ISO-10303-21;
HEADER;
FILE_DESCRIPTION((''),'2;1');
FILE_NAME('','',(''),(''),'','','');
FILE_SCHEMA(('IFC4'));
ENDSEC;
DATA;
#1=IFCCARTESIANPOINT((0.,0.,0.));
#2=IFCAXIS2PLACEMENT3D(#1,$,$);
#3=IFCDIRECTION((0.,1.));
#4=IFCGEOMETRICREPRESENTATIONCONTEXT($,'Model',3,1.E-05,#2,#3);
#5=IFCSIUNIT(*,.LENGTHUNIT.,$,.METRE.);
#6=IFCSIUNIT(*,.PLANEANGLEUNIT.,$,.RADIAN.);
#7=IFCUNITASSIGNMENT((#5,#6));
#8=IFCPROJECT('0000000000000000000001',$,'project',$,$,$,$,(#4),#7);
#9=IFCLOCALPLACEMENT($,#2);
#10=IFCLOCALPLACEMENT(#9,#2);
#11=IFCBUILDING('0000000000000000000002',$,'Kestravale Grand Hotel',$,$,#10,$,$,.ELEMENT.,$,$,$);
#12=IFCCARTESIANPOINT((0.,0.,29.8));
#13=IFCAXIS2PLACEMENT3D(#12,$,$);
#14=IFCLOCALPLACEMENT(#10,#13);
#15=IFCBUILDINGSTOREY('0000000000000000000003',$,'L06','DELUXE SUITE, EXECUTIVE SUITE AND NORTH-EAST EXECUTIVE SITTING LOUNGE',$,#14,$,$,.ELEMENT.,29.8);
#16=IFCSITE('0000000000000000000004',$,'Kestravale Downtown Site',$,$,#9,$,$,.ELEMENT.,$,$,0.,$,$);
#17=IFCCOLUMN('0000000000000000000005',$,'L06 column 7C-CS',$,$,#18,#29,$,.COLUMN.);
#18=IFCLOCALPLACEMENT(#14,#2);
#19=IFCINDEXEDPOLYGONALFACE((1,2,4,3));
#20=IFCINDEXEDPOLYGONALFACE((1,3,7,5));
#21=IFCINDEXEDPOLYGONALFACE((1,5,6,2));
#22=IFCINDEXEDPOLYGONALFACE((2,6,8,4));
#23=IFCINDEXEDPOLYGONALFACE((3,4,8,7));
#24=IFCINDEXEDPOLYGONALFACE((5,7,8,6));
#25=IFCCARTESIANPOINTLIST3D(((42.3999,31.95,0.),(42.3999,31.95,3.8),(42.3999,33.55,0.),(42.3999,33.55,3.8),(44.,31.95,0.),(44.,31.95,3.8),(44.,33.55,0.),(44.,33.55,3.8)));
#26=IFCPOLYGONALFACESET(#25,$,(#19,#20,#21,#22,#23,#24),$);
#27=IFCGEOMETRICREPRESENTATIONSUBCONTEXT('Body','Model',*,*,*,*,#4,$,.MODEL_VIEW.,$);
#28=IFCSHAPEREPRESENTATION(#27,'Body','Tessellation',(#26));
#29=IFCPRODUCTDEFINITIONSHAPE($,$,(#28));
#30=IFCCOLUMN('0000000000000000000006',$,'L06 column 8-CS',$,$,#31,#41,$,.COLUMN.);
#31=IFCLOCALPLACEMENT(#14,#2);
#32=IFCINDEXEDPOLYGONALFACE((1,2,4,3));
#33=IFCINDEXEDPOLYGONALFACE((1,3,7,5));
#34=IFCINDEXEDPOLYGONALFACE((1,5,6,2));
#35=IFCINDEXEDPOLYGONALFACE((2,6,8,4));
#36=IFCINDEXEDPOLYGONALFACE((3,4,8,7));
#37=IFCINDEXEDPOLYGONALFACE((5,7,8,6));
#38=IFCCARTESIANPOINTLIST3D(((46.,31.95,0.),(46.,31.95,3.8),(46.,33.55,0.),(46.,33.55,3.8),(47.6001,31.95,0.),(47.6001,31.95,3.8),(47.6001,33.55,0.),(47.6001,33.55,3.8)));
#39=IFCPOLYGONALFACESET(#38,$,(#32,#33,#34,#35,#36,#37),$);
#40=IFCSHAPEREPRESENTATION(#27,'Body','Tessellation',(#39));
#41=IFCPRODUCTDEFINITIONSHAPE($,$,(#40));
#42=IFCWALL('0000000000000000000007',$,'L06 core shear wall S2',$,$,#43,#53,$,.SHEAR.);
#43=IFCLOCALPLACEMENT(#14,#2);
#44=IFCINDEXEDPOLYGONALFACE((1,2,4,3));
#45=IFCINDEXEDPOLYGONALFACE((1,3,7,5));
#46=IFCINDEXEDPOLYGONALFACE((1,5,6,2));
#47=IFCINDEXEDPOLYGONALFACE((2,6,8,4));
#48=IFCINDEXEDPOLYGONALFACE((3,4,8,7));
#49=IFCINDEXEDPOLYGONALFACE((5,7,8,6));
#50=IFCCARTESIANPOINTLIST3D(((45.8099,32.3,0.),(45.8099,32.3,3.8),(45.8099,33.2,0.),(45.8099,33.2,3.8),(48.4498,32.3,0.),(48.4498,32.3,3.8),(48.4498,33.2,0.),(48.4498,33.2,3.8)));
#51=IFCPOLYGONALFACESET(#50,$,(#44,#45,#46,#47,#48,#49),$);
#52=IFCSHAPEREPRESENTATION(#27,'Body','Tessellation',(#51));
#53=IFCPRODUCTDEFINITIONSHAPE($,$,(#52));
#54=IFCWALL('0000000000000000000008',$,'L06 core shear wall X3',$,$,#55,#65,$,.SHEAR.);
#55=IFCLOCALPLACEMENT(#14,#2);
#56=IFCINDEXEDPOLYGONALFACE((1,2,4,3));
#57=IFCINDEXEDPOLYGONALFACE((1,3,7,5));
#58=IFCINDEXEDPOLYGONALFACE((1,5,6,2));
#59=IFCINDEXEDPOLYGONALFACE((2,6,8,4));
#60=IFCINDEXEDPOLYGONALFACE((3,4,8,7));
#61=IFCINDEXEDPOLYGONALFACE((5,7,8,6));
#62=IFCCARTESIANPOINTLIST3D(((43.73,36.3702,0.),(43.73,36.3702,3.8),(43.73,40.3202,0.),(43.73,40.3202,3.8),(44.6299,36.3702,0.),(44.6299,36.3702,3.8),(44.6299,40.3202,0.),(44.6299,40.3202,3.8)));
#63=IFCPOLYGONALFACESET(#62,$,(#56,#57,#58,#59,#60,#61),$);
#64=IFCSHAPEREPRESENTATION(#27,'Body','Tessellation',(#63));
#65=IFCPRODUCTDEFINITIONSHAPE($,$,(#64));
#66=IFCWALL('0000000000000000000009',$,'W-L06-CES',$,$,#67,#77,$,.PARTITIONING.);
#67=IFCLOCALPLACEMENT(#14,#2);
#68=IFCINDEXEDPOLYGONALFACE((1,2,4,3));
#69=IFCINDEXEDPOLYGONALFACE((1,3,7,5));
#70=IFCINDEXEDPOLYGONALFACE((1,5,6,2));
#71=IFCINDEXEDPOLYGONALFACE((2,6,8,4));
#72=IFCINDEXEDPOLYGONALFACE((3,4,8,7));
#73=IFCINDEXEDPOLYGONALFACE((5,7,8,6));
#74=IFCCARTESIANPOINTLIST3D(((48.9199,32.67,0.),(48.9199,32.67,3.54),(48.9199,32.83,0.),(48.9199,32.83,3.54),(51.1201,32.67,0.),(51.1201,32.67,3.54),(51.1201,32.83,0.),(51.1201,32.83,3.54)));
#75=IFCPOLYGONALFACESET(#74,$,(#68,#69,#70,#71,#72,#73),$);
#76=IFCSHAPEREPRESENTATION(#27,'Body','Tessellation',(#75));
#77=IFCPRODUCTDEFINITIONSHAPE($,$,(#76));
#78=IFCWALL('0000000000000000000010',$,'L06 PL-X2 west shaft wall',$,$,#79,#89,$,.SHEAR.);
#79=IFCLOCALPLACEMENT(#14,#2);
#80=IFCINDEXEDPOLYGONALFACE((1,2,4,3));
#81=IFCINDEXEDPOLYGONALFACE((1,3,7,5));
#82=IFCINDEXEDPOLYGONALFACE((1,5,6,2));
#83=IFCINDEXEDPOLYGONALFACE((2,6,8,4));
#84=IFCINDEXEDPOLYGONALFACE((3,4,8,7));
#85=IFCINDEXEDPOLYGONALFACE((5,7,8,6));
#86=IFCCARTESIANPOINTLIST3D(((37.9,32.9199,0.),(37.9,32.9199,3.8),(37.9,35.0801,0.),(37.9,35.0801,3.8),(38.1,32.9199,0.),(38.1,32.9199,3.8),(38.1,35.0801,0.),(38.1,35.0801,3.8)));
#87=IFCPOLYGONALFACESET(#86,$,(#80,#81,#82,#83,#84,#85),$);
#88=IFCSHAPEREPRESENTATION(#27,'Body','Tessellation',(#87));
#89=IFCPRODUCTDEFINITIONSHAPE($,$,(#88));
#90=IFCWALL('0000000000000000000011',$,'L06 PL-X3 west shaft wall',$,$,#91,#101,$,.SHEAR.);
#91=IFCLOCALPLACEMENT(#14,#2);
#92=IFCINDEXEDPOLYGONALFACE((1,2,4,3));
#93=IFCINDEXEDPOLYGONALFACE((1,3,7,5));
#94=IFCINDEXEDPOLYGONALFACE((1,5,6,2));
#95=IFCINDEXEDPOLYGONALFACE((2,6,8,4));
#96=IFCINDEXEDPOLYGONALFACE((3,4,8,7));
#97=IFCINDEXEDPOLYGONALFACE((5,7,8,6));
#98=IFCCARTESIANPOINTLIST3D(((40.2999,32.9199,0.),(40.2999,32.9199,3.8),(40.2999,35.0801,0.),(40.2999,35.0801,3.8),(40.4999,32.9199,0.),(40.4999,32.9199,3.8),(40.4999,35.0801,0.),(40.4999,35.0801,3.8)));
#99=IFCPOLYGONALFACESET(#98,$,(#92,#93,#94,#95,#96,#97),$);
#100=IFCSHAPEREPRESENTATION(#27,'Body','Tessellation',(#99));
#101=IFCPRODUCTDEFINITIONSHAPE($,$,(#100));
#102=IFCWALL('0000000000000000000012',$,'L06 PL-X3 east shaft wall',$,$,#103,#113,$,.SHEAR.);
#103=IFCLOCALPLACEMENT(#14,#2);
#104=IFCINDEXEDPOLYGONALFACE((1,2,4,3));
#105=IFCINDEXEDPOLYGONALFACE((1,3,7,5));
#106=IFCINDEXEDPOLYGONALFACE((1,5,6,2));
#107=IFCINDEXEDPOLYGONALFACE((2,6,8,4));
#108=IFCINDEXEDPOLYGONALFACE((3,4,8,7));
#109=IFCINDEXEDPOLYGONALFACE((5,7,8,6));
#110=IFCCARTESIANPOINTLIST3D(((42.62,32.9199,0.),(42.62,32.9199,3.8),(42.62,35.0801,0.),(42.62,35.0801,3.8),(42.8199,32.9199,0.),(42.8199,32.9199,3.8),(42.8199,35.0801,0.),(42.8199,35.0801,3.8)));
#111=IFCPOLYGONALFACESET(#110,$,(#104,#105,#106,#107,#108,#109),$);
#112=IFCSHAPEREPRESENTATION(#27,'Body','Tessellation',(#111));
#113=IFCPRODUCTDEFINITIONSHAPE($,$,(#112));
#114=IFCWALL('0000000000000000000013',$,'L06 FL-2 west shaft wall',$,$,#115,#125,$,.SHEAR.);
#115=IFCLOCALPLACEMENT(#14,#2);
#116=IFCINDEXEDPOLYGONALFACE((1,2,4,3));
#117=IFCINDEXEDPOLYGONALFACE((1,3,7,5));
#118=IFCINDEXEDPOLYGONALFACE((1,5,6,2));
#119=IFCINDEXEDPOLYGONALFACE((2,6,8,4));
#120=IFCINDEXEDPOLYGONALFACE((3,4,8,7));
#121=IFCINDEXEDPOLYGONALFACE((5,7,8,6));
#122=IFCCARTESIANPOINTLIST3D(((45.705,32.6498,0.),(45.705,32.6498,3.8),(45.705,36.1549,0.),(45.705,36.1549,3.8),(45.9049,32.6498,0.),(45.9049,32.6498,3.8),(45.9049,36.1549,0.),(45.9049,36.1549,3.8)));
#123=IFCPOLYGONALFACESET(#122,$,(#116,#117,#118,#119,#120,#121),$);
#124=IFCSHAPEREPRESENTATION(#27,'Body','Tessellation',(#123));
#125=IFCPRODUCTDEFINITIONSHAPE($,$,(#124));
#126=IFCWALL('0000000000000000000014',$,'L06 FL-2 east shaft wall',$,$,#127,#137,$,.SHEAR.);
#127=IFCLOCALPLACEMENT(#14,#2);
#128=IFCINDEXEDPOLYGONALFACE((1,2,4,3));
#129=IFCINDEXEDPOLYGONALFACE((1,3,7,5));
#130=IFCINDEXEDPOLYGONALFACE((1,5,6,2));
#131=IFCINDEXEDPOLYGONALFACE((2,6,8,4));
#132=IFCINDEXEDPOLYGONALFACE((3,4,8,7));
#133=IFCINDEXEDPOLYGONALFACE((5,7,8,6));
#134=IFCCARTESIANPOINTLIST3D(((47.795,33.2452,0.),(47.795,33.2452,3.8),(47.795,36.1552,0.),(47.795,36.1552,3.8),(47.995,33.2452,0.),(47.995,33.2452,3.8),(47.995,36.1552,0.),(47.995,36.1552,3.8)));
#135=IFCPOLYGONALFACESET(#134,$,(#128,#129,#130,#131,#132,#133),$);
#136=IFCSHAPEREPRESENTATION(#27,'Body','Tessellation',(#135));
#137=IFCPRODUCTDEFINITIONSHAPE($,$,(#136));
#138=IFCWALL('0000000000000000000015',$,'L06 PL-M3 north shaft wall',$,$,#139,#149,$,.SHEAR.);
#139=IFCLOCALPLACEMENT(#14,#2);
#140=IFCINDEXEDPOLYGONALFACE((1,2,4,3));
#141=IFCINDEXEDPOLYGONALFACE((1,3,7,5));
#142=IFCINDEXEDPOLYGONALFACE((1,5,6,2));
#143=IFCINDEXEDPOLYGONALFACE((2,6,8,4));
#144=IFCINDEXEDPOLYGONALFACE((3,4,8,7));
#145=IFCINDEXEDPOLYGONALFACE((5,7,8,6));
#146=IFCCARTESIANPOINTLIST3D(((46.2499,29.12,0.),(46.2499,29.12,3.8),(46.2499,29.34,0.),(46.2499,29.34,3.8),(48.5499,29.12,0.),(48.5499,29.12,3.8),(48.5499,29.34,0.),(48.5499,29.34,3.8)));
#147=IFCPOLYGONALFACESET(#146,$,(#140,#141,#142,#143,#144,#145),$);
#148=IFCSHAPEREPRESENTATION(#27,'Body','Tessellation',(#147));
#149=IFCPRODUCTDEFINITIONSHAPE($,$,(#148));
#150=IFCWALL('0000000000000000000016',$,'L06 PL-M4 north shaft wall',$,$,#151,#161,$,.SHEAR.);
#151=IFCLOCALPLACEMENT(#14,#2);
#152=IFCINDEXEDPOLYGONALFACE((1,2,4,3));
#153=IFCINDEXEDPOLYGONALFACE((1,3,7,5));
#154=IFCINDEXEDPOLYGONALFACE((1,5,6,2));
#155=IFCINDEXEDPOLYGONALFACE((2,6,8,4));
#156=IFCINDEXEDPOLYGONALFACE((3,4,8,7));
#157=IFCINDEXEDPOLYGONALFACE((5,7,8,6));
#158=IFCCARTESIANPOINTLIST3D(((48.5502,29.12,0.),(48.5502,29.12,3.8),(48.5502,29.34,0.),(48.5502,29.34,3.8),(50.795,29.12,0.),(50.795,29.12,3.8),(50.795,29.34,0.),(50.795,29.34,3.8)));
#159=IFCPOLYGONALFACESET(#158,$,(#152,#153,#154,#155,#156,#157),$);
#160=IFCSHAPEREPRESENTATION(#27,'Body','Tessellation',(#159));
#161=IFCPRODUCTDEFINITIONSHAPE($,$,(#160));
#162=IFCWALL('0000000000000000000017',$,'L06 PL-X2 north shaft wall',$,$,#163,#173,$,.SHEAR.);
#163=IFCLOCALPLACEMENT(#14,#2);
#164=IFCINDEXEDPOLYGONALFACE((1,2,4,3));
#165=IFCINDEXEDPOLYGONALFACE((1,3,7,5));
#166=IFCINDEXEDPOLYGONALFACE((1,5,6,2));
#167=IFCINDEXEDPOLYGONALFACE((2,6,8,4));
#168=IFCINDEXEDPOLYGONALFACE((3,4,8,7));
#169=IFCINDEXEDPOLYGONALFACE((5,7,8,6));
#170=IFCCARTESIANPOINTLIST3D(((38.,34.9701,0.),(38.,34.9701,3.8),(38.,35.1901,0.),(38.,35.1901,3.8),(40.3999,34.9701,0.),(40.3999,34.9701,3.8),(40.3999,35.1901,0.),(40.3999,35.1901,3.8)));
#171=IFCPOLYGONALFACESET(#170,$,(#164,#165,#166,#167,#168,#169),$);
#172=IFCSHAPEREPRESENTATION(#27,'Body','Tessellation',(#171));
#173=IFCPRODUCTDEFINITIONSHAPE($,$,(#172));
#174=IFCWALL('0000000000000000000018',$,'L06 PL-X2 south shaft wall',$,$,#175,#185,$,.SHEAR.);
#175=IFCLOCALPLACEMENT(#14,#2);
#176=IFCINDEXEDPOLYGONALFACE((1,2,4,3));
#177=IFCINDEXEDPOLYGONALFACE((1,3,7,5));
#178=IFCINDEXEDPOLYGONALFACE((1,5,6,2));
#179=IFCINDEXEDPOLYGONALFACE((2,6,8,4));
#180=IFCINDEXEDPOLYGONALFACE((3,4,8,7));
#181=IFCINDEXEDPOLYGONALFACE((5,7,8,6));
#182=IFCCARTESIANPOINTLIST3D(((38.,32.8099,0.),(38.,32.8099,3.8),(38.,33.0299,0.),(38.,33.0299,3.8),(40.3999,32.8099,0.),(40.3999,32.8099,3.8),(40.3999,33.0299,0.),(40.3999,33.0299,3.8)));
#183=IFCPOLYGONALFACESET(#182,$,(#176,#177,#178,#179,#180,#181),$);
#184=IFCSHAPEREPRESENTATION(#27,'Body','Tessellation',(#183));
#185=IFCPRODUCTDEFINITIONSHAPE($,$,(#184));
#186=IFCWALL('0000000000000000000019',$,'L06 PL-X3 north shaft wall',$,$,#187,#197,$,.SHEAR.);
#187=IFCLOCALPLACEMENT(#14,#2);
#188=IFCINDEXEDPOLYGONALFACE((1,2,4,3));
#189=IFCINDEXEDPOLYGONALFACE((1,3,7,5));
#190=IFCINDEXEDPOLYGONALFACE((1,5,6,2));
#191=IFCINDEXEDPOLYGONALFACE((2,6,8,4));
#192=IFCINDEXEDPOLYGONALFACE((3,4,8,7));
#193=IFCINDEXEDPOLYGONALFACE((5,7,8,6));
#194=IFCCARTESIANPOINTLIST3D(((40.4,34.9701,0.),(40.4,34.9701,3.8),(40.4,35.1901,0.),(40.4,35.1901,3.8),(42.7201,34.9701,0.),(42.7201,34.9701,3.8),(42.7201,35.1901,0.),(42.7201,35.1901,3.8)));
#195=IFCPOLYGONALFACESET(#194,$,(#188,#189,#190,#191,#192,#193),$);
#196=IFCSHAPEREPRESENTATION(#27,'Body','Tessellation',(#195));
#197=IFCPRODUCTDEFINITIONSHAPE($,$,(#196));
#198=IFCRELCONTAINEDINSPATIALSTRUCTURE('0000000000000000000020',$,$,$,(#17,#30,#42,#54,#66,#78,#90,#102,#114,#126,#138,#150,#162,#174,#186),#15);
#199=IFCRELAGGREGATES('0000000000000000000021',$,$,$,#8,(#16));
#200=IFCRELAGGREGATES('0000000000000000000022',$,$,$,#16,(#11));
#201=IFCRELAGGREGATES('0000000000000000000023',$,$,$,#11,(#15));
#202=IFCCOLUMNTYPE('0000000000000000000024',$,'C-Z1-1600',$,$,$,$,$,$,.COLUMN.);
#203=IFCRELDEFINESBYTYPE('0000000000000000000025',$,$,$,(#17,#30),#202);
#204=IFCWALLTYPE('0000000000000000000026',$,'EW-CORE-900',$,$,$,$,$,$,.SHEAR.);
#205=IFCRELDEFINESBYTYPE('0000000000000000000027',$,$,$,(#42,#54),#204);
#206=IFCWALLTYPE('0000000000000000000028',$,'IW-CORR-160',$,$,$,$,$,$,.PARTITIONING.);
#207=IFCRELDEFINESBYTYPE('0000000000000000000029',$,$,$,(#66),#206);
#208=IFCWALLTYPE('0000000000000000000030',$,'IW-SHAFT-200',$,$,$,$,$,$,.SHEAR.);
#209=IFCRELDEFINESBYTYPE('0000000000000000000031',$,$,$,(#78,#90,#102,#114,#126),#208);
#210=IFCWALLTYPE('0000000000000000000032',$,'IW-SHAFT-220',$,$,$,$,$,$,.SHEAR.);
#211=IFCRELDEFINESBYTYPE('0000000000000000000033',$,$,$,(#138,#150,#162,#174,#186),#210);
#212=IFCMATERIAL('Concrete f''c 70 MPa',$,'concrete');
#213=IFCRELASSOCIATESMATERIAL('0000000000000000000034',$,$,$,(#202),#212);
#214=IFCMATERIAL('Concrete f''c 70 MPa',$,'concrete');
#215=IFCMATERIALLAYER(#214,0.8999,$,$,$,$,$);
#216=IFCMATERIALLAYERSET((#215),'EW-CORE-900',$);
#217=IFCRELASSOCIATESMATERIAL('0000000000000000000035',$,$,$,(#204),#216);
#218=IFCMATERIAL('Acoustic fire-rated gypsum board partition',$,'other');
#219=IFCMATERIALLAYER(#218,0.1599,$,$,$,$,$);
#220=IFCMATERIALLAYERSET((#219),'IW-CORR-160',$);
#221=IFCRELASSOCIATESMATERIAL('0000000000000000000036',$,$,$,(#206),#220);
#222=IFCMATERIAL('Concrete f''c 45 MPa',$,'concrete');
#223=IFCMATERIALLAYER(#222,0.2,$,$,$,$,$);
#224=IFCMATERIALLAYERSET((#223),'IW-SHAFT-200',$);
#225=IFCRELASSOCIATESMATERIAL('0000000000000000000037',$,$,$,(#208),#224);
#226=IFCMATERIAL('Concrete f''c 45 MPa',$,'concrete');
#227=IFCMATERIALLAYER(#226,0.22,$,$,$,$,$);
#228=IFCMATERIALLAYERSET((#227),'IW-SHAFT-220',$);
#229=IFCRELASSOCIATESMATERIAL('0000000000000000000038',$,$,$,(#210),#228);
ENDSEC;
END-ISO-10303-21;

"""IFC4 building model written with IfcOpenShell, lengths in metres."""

from ifc_helpers import new_model, si_unit, direction, frame, frame_2d, origin, origin_2d, place, context, subcontext, project, spatial, rectangle, extrude, material, layer, layer_set, material_profile, profile_set, type_object, element, save


model = new_model("IFC4")

# Units and contexts
model_context = context("Model", 3, precision=1e-05, world=origin(), true_north=direction((0.0, 1.0)))
body_context = subcontext(model_context, "Body", "Model", "MODEL_VIEW")
ifc_project = project(units=[si_unit("LENGTHUNIT", "METRE"), si_unit("PLANEANGLEUNIT", "RADIAN")], contexts=[model_context])

# Site, building, storey
site_placement = place(None, origin())
site = spatial("IfcSite", under=ifc_project, at=site_placement, Name="Kestravale Downtown Site", CompositionType="ELEMENT", RefElevation=0.0)
building_placement = place(site_placement, origin())
building = spatial("IfcBuilding", under=site, at=building_placement, Name="Kestravale Grand Hotel", CompositionType="ELEMENT")
storey_placement = place(building_placement, frame((0.0, 0.0, 29.8)))
storey = spatial("IfcBuildingStorey", under=building, at=storey_placement, Name="L06", Description="DELUXE SUITE, EXECUTIVE SUITE AND NORTH-EAST EXECUTIVE SITTING LOUNGE", CompositionType="ELEMENT", Elevation=29.8)

# Columns
ifc_material_1 = material(Name="Concrete f'c 70 MPa", Category="concrete")
ifc_material_profile = material_profile(ifc_material_1, rectangle(XDim=1.6001, YDim=1.6001, at=origin_2d()))
ifc_profile_set = profile_set([ifc_material_profile], Name="Concrete f'c 70 MPa")
column_type = type_object("IfcColumnType", Name="C-Z1-1600", PredefinedType="COLUMN", material=ifc_profile_set)
for number, where, z_axis, x_axis, name in (
    (1, (43.2, 32.75, 0.0), (0.0, 0.0, 1.0), (1.0, 0.0, 0.0), "L06 column 7C-CS"),
    (2, (46.8, 32.75, 0.0), (0.0, 0.0, 1.0), (1.0, 0.0, 0.0), "L06 column 8-CS"),
):
    element("IfcColumn", number, at=place(storey_placement, frame(where, z_axis=z_axis, x_axis=x_axis)), inside=storey, type_object=column_type, Name=name, PredefinedType="COLUMN", context=body_context, shape_type="SweptSolid", body=[
        extrude(rectangle(XDim=1.6001, YDim=1.6001, at=origin_2d()), origin(), (0.0, 0.0, 1.0), 3.8),
    ])

# Wall
ifc_material_2 = material(Name="Concrete f'c 70 MPa", Category="concrete")
ifc_layer_1 = layer(ifc_material_2, 0.8999)
ifc_layer_set_1 = layer_set([ifc_layer_1], Name="EW-CORE-900")
wall_type_1 = type_object("IfcWallType", Name="EW-CORE-900", PredefinedType="SHEAR", material=ifc_layer_set_1)
wall_1_placement = place(storey_placement, frame((45.8101, 32.75, 0.0), z_axis=(0.0, 0.0, 1.0), x_axis=(1.0, 0.0, 0.0)))
element("IfcWall", 3, at=wall_1_placement, inside=storey, type_object=wall_type_1, Name="L06 core shear wall S2", PredefinedType="SHEAR", context=body_context, shape_type="SweptSolid", body=[
    extrude(rectangle(XDim=2.6399, YDim=0.8999, at=frame_2d((1.3198, 0.0))), origin(), (0.0, 0.0, 1.0), 3.8),
])

# Wall
wall_2_placement = place(storey_placement, frame((44.1799, 36.3701, 0.0), z_axis=(0.0, 0.0, 1.0), x_axis=(0.0, 1.0, 0.0)))
element("IfcWall", 4, at=wall_2_placement, inside=storey, type_object=wall_type_1, Name="L06 core shear wall X3", PredefinedType="SHEAR", context=body_context, shape_type="SweptSolid", body=[
    extrude(rectangle(XDim=3.95, YDim=0.8999, at=frame_2d((1.9751, 0.0))), origin(), (0.0, 0.0, 1.0), 3.8),
])

# Wall
ifc_material_3 = material(Name="Acoustic fire-rated gypsum board partition", Category="other")
ifc_layer_2 = layer(ifc_material_3, 0.1599)
ifc_layer_set_2 = layer_set([ifc_layer_2], Name="IW-CORR-160")
wall_type_2 = type_object("IfcWallType", Name="IW-CORR-160", PredefinedType="PARTITIONING", material=ifc_layer_set_2)
wall_3_placement = place(storey_placement, frame((48.9199, 32.75, 0.0), z_axis=(0.0, 0.0, 1.0), x_axis=(1.0, 0.0, 0.0)))
element("IfcWall", 5, at=wall_3_placement, inside=storey, type_object=wall_type_2, Name="W-L06-CES", PredefinedType="PARTITIONING", context=body_context, shape_type="SweptSolid", body=[
    extrude(rectangle(XDim=2.2002, YDim=0.1599, at=frame_2d((1.1001, 0.0))), origin(), (0.0, 0.0, 1.0), 3.54),
])

# Walls
ifc_material_4 = material(Name="Concrete f'c 45 MPa", Category="concrete")
ifc_layer_3 = layer(ifc_material_4, 0.2)
ifc_layer_set_3 = layer_set([ifc_layer_3], Name="IW-SHAFT-200")
wall_type_3 = type_object("IfcWallType", Name="IW-SHAFT-200", PredefinedType="SHEAR", material=ifc_layer_set_3)
for number, where, z_axis, x_axis, name in (
    (6, (38.0, 32.9199, 0.0), (0.0, 0.0, 1.0), (0.0, 1.0, 0.0), "L06 PL-X2 west shaft wall"),
    (7, (40.3999, 32.9199, 0.0), (0.0, 0.0, 1.0), (0.0, 1.0, 0.0), "L06 PL-X3 west shaft wall"),
    (8, (42.72, 32.9199, 0.0), (0.0, 0.0, 1.0), (0.0, 1.0, 0.0), "L06 PL-X3 east shaft wall"),
):
    element("IfcWall", number, at=place(storey_placement, frame(where, z_axis=z_axis, x_axis=x_axis)), inside=storey, type_object=wall_type_3, Name=name, PredefinedType="SHEAR", context=body_context, shape_type="SweptSolid", body=[
        extrude(rectangle(XDim=2.1602, YDim=0.2, at=frame_2d((1.0801, 0.0))), origin(), (0.0, 0.0, 1.0), 3.8),
    ])
wall_4_placement = place(storey_placement, frame((45.8049, 32.6499, 0.0), z_axis=(0.0, 0.0, 1.0), x_axis=(0.0, 1.0, 0.0)))
element("IfcWall", 9, at=wall_4_placement, inside=storey, type_object=wall_type_3, Name="L06 FL-2 west shaft wall", PredefinedType="SHEAR", context=body_context, shape_type="SweptSolid", body=[
    extrude(rectangle(XDim=3.5051, YDim=0.2, at=frame_2d((1.7524, 0.0))), origin(), (0.0, 0.0, 1.0), 3.8),
])
wall_5_placement = place(storey_placement, frame((47.895, 33.2451, 0.0), z_axis=(0.0, 0.0, 1.0), x_axis=(0.0, 1.0, 0.0)))
element("IfcWall", 10, at=wall_5_placement, inside=storey, type_object=wall_type_3, Name="L06 FL-2 east shaft wall", PredefinedType="SHEAR", context=body_context, shape_type="SweptSolid", body=[
    extrude(rectangle(XDim=2.9099, YDim=0.2, at=frame_2d((1.4551, 0.0))), origin(), (0.0, 0.0, 1.0), 3.8),
])
ifc_material_5 = material(Name="Concrete f'c 45 MPa", Category="concrete")
ifc_layer_4 = layer(ifc_material_5, 0.22)
ifc_layer_set_4 = layer_set([ifc_layer_4], Name="IW-SHAFT-220")
wall_type_4 = type_object("IfcWallType", Name="IW-SHAFT-220", PredefinedType="SHEAR", material=ifc_layer_set_4)
wall_6_placement = place(storey_placement, frame((46.25, 29.23, 0.0), z_axis=(0.0, 0.0, 1.0), x_axis=(1.0, 0.0, 0.0)))
element("IfcWall", 11, at=wall_6_placement, inside=storey, type_object=wall_type_4, Name="L06 PL-M3 north shaft wall", PredefinedType="SHEAR", context=body_context, shape_type="SweptSolid", body=[
    extrude(rectangle(XDim=2.3, YDim=0.22, at=frame_2d((1.1499, 0.0))), origin(), (0.0, 0.0, 1.0), 3.8),
])
wall_7_placement = place(storey_placement, frame((48.55, 29.23, 0.0), z_axis=(0.0, 0.0, 1.0), x_axis=(1.0, 0.0, 0.0)))
element("IfcWall", 12, at=wall_7_placement, inside=storey, type_object=wall_type_4, Name="L06 PL-M4 north shaft wall", PredefinedType="SHEAR", context=body_context, shape_type="SweptSolid", body=[
    extrude(rectangle(XDim=2.2449, YDim=0.22, at=frame_2d((1.1226, 0.0))), origin(), (0.0, 0.0, 1.0), 3.8),
])
for number, where, z_axis, x_axis, name in (
    (13, (38.0, 35.0801, 0.0), (0.0, 0.0, 1.0), (1.0, 0.0, 0.0), "L06 PL-X2 north shaft wall"),
    (14, (38.0, 32.9199, 0.0), (0.0, 0.0, 1.0), (1.0, 0.0, 0.0), "L06 PL-X2 south shaft wall"),
):
    element("IfcWall", number, at=place(storey_placement, frame(where, z_axis=z_axis, x_axis=x_axis)), inside=storey, type_object=wall_type_4, Name=name, PredefinedType="SHEAR", context=body_context, shape_type="SweptSolid", body=[
        extrude(rectangle(XDim=2.3999, YDim=0.22, at=frame_2d((1.2, 0.0))), origin(), (0.0, 0.0, 1.0), 3.8),
    ])
for number, where, z_axis, x_axis, name in (
    (15, (40.3999, 35.0801, 0.0), (0.0, 0.0, 1.0), (1.0, 0.0, 0.0), "L06 PL-X3 north shaft wall"),
):
    element("IfcWall", number, at=place(storey_placement, frame(where, z_axis=z_axis, x_axis=x_axis)), inside=storey, type_object=wall_type_4, Name=name, PredefinedType="SHEAR", context=body_context, shape_type="SweptSolid", body=[
        extrude(rectangle(XDim=2.3201, YDim=0.22, at=frame_2d((1.1602, 0.0))), origin(), (0.0, 0.0, 1.0), 3.8),
    ])

save(model, "model.ifc")
